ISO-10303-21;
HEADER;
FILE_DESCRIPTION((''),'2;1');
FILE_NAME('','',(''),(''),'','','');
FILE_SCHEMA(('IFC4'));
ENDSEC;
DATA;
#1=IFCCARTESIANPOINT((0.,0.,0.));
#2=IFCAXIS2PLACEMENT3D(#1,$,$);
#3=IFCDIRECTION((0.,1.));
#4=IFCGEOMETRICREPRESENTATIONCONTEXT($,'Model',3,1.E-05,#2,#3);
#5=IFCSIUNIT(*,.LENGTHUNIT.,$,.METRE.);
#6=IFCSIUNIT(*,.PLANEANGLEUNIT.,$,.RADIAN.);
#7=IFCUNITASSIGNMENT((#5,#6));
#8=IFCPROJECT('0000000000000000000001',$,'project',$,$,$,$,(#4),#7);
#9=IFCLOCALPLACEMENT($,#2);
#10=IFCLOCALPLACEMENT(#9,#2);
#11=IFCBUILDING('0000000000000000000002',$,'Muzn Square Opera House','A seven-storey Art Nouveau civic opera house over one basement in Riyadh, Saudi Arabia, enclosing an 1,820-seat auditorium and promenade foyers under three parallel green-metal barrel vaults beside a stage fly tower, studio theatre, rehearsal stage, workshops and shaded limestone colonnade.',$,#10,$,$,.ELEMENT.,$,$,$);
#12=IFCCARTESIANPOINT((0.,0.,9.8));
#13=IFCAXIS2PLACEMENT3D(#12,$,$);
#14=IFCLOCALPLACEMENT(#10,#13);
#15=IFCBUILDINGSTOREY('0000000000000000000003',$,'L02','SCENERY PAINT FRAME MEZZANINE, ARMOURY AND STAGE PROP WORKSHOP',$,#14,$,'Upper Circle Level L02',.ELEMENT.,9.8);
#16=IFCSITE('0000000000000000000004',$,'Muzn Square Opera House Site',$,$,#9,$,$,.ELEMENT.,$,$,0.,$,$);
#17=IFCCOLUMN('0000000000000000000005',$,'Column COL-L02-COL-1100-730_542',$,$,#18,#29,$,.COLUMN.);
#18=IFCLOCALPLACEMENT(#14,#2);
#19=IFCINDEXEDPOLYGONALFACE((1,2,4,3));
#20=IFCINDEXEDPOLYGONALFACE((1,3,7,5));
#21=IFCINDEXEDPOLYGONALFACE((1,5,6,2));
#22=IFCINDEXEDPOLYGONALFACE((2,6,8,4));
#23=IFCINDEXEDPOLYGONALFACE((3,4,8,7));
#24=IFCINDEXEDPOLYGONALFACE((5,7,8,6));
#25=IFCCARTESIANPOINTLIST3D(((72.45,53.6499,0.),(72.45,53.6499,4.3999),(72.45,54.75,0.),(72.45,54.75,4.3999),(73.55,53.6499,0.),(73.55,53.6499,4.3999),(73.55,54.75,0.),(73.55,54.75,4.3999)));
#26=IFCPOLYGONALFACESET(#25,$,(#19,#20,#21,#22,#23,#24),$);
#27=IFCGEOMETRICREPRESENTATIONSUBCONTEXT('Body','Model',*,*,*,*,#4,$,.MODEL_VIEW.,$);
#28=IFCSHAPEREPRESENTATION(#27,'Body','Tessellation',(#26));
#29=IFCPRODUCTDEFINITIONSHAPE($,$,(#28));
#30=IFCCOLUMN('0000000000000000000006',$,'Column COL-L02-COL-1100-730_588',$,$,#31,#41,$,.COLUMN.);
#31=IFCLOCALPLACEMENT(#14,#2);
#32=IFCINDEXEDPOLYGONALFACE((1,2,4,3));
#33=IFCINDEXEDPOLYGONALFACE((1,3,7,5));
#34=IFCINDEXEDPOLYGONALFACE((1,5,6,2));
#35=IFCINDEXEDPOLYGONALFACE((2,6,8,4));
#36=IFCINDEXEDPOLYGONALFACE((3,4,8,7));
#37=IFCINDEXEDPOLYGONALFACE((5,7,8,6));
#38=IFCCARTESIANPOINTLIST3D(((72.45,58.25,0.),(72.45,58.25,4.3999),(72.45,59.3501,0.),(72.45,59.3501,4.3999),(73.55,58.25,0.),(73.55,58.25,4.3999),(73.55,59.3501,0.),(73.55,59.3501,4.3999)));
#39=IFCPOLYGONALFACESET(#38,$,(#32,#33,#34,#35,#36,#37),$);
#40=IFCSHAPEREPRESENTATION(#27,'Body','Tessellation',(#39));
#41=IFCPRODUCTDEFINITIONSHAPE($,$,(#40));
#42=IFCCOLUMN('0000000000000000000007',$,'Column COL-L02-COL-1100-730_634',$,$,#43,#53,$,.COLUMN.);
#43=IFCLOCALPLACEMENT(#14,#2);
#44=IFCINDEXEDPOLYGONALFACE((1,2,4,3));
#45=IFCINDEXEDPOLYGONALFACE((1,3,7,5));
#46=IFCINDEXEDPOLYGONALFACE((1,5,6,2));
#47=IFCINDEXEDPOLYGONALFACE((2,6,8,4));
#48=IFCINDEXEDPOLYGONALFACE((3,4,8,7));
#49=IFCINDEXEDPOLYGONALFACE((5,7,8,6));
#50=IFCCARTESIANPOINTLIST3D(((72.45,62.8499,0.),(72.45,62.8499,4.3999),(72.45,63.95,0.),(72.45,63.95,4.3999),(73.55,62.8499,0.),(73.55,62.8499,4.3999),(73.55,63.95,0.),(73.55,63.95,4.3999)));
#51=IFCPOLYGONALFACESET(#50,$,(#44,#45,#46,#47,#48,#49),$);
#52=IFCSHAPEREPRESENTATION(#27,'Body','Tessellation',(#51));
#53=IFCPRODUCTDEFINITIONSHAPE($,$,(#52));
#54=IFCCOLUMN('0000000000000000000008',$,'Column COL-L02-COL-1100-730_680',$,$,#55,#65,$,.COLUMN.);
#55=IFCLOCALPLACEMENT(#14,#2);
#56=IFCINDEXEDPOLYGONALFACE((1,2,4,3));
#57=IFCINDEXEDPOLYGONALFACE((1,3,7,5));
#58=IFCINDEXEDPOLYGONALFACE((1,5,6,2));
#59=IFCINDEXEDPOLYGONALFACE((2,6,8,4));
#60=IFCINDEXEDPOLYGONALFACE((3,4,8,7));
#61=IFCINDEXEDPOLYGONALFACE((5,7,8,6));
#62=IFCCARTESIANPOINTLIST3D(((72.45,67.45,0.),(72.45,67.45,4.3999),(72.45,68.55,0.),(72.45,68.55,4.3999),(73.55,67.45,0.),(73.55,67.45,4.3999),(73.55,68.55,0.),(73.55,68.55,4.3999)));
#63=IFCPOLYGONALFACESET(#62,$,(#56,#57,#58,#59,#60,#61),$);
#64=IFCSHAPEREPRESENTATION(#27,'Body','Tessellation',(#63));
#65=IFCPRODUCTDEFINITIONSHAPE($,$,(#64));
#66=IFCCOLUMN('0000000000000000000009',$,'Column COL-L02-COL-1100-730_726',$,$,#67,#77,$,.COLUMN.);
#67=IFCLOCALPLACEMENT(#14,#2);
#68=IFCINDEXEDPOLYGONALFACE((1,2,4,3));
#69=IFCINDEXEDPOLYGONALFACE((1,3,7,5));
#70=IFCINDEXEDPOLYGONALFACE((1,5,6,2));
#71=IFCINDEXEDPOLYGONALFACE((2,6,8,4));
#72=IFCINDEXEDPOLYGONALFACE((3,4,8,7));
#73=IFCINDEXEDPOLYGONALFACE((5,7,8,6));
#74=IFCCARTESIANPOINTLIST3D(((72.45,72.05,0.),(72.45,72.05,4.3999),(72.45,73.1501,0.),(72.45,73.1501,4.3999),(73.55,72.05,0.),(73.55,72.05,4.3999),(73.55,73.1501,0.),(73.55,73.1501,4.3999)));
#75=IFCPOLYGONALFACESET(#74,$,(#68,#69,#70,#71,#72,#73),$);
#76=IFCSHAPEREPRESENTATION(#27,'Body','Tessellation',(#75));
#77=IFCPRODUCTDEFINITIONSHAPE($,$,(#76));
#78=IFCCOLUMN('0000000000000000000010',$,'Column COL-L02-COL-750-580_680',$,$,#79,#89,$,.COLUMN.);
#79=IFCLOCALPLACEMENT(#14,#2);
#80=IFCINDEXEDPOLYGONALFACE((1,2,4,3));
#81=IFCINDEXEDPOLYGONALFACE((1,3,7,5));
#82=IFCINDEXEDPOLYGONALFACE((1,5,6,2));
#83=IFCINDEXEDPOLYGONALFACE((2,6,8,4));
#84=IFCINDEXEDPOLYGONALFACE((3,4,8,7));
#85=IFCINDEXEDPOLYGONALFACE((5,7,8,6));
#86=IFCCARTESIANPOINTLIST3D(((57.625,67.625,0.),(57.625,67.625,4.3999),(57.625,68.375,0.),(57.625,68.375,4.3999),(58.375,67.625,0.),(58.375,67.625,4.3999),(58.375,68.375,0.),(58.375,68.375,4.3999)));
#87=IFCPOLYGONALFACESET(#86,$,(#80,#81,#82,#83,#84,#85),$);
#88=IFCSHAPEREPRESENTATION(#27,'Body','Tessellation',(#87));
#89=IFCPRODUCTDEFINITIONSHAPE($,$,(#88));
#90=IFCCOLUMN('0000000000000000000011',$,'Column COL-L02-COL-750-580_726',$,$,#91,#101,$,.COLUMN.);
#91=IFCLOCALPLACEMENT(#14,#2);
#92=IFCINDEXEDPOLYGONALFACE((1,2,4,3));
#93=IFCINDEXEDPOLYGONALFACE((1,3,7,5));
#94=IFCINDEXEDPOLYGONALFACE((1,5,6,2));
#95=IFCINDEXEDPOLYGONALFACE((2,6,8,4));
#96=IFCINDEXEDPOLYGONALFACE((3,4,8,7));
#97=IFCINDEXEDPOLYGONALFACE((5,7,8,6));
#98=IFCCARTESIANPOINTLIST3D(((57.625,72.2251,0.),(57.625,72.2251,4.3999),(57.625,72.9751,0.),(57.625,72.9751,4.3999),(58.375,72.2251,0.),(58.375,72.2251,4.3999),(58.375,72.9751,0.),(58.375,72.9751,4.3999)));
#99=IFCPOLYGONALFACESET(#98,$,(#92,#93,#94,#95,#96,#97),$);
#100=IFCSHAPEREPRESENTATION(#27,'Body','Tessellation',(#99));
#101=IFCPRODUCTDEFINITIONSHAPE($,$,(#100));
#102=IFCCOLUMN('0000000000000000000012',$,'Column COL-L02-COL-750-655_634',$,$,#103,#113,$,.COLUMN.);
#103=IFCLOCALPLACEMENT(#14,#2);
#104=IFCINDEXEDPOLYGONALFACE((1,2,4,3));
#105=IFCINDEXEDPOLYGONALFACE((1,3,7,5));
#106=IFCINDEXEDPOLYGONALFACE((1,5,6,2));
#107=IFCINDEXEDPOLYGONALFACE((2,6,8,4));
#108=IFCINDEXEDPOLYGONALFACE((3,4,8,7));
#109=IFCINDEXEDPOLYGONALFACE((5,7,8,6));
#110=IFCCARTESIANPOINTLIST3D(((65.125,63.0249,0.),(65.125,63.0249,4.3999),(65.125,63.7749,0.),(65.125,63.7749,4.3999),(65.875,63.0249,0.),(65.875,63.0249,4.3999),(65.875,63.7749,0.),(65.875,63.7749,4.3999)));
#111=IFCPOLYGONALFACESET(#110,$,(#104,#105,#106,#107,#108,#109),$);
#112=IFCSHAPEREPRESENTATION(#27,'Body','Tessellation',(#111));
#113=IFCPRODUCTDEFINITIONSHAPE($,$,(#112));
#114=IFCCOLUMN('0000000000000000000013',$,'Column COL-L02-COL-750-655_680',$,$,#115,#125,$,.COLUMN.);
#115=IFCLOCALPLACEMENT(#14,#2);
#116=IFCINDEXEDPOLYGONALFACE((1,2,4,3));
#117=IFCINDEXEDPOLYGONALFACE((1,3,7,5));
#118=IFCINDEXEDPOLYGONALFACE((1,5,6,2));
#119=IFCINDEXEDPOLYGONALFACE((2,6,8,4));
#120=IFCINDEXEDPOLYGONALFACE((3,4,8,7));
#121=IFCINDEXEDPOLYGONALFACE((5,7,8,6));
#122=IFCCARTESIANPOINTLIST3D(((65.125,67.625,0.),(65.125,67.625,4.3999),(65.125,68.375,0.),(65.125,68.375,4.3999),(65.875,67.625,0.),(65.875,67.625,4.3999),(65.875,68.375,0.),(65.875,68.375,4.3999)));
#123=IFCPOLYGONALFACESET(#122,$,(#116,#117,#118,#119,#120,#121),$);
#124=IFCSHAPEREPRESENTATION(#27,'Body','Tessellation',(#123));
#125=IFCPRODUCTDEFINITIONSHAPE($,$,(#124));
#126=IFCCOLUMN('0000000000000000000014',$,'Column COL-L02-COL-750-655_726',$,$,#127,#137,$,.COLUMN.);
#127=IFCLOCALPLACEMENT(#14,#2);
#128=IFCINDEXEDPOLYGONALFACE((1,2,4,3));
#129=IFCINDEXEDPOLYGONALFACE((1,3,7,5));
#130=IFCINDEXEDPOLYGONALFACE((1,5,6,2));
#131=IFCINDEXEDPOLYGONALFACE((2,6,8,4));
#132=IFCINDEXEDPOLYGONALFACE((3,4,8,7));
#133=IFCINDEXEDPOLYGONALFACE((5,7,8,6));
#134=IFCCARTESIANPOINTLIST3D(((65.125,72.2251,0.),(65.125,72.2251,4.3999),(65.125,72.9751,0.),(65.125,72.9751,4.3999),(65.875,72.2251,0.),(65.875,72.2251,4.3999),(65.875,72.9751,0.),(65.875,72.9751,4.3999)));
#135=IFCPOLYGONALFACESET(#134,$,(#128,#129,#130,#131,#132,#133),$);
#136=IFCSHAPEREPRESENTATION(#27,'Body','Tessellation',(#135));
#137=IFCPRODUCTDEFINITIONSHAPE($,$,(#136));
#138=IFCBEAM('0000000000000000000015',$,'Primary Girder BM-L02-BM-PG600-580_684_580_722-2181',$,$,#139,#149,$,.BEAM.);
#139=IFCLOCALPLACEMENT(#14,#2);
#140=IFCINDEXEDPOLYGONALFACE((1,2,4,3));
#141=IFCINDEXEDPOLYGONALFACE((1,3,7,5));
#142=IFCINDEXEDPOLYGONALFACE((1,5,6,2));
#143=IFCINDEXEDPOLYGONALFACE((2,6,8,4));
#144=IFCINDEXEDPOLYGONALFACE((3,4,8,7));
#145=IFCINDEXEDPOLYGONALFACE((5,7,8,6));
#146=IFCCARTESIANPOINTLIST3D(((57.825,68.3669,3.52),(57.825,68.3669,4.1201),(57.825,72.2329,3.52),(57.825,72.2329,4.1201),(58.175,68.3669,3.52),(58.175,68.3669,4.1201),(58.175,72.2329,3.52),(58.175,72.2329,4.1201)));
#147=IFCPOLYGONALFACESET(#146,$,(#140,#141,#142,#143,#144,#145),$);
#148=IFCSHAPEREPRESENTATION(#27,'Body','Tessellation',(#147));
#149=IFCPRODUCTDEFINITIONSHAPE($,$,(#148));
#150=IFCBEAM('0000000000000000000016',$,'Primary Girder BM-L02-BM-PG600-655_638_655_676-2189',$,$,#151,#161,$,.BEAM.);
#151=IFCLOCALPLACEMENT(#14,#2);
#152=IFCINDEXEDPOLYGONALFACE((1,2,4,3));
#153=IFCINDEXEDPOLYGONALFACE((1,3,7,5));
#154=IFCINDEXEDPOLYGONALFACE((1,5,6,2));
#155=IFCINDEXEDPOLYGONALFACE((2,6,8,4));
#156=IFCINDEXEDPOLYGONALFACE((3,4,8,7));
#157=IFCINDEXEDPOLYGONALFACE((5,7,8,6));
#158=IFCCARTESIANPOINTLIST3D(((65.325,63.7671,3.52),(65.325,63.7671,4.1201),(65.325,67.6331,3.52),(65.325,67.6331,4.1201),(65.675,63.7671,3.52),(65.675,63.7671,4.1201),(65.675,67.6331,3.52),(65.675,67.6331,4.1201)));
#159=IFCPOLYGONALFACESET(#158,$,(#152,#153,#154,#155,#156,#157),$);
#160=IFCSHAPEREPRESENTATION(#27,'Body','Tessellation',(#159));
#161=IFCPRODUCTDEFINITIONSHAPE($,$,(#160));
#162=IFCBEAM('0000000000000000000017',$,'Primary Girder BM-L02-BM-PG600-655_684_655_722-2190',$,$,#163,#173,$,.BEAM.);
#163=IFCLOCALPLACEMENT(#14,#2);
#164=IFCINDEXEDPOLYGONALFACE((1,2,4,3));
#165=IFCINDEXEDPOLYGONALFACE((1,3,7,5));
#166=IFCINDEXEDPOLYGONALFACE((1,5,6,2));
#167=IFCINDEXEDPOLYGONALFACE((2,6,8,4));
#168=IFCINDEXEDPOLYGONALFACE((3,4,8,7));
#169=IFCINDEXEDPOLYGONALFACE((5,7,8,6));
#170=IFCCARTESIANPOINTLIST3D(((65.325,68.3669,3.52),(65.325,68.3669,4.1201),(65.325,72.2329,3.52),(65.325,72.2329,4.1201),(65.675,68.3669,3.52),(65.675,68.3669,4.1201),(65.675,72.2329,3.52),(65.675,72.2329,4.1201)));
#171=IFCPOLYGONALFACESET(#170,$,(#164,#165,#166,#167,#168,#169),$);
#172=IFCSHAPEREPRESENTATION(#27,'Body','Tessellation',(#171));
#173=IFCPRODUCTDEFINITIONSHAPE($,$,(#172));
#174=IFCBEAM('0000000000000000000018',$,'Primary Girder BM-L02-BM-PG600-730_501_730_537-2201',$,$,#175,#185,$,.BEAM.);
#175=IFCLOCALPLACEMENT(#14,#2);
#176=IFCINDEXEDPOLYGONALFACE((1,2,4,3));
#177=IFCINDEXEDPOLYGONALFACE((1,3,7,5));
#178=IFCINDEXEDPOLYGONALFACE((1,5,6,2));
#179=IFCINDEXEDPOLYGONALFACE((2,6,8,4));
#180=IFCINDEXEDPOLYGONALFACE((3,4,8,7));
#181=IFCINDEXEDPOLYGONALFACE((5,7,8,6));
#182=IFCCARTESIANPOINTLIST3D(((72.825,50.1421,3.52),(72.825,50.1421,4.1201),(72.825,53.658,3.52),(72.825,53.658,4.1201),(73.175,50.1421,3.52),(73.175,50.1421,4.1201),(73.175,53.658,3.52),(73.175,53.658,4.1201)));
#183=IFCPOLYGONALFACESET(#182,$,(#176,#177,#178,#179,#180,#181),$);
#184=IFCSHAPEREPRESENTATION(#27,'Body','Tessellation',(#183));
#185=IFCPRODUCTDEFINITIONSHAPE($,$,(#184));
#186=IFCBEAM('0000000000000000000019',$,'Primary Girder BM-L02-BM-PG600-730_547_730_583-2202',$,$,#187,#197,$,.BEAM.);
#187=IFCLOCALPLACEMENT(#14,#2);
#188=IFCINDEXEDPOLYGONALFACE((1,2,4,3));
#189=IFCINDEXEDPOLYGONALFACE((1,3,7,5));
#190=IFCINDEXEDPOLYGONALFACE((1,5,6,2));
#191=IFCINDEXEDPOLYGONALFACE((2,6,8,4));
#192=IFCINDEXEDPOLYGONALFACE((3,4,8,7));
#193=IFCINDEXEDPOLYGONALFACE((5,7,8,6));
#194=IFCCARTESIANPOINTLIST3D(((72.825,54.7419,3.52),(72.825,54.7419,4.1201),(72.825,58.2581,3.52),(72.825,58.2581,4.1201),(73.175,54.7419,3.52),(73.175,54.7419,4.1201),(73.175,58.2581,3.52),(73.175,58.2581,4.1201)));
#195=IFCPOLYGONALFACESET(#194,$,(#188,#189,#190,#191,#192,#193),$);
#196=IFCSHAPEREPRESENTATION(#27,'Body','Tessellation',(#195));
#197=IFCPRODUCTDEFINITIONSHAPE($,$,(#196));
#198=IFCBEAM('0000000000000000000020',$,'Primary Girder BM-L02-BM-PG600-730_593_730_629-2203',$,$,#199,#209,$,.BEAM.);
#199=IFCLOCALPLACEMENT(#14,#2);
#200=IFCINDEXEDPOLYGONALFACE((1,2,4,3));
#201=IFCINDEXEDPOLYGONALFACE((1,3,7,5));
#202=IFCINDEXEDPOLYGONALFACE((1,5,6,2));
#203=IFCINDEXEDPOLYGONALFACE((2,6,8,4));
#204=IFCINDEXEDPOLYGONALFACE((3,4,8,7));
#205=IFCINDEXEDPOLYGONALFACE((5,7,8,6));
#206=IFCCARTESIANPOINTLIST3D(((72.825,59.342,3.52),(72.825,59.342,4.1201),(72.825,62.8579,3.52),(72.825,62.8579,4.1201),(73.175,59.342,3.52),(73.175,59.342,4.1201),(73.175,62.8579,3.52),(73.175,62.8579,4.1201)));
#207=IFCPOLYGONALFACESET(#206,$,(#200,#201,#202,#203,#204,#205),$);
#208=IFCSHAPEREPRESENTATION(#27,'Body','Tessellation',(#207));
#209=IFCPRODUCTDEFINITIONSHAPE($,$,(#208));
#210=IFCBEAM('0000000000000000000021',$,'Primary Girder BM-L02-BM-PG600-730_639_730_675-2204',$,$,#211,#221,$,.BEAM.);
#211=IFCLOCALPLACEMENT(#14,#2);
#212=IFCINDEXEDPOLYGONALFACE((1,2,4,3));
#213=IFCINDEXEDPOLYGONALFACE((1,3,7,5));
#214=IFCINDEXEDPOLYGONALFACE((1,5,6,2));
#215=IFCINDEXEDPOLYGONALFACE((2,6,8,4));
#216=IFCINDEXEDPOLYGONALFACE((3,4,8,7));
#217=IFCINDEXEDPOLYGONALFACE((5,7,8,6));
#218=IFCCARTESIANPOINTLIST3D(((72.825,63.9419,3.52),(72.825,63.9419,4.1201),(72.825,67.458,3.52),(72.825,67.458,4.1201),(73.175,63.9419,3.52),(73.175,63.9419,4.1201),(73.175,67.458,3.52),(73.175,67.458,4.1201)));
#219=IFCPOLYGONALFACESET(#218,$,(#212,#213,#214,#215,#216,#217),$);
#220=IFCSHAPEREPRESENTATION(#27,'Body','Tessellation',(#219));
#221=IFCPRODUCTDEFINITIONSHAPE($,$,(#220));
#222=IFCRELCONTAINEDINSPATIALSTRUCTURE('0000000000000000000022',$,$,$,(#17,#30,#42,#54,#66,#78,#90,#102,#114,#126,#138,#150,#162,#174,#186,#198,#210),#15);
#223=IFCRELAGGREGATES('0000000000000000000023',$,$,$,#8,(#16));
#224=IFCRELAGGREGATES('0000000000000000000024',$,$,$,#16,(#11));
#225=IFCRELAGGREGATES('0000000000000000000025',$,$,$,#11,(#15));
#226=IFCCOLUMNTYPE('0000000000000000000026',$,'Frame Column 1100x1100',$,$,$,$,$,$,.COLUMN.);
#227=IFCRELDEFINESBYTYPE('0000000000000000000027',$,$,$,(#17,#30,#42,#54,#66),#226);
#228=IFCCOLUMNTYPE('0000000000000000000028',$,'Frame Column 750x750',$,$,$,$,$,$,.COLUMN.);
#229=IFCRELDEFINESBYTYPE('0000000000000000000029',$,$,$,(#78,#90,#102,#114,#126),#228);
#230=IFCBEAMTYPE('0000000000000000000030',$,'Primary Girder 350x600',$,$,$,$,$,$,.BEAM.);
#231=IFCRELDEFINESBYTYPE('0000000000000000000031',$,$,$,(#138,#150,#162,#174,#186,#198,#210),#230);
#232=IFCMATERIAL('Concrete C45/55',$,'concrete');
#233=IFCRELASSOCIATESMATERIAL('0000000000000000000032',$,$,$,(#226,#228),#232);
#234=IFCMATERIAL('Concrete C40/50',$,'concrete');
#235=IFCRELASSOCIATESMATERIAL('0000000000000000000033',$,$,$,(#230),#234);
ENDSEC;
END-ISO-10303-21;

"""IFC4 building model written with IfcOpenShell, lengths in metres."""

from ifc_helpers import new_model, si_unit, direction, frame, origin, origin_2d, place, context, subcontext, project, spatial, rectangle, extrude, material, material_profile, profile_set, type_object, element, save


model = new_model("IFC4")

# Units and contexts
model_context = context("Model", 3, precision=1e-05, world=origin(), true_north=direction((0.0, 1.0)))
body_context = subcontext(model_context, "Body", "Model", "MODEL_VIEW")
ifc_project = project(units=[si_unit("LENGTHUNIT", "METRE"), si_unit("PLANEANGLEUNIT", "RADIAN")], contexts=[model_context])

# Site, building, storey
site_placement = place(None, origin())
site = spatial("IfcSite", under=ifc_project, at=site_placement, Name="Muzn Square Opera House Site", CompositionType="ELEMENT", RefElevation=0.0)
building_placement = place(site_placement, origin())
building = spatial("IfcBuilding", under=site, at=building_placement, Name="Muzn Square Opera House", Description="A seven-storey Art Nouveau civic opera house over one basement in Riyadh, Saudi Arabia, enclosing an 1,820-seat auditorium and promenade foyers under three parallel green-metal barrel vaults beside a stage fly tower, studio theatre, rehearsal stage, workshops and shaded limestone colonnade.", CompositionType="ELEMENT")
storey_placement = place(building_placement, frame((0.0, 0.0, 9.8)))
storey = spatial("IfcBuildingStorey", under=building, at=storey_placement, Name="L02", Description="SCENERY PAINT FRAME MEZZANINE, ARMOURY AND STAGE PROP WORKSHOP", LongName="Upper Circle Level L02", CompositionType="ELEMENT", Elevation=9.8)

# Columns
ifc_material_1 = material(Name="Concrete C45/55", Category="concrete")
ifc_material_profile_1 = material_profile(ifc_material_1, rectangle(XDim=1.1001, YDim=1.1001, at=origin_2d()), Name="RC 1100x1100", Category="concrete")
ifc_profile_set_1 = profile_set([ifc_material_profile_1], Name="Concrete C45/55")
column_type_1 = type_object("IfcColumnType", Name="Frame Column 1100x1100", PredefinedType="COLUMN", material=ifc_profile_set_1)
for number, where, z_axis, x_axis, name in (
    (1, (73.0, 54.2, 0.0), (0.0, 0.0, 1.0), (1.0, 0.0, 0.0), "Column COL-L02-COL-1100-730_542"),
    (2, (73.0, 58.8, 0.0), (0.0, 0.0, 1.0), (1.0, 0.0, 0.0), "Column COL-L02-COL-1100-730_588"),
    (3, (73.0, 63.3999, 0.0), (0.0, 0.0, 1.0), (1.0, 0.0, 0.0), "Column COL-L02-COL-1100-730_634"),
    (4, (73.0, 68.0, 0.0), (0.0, 0.0, 1.0), (1.0, 0.0, 0.0), "Column COL-L02-COL-1100-730_680"),
    (5, (73.0, 72.6001, 0.0), (0.0, 0.0, 1.0), (1.0, 0.0, 0.0), "Column COL-L02-COL-1100-730_726"),
):
    element("IfcColumn", number, at=place(storey_placement, frame(where, z_axis=z_axis, x_axis=x_axis)), inside=storey, type_object=column_type_1, Name=name, PredefinedType="COLUMN", context=body_context, shape_type="SweptSolid", body=[
        extrude(rectangle(XDim=1.1001, YDim=1.1001, at=origin_2d()), origin(), (0.0, 0.0, 1.0), 4.3999),
    ])
ifc_material_profile_2 = material_profile(ifc_material_1, rectangle(XDim=0.75, YDim=0.75, at=origin_2d()), Name="RC 750x750", Category="concrete")
ifc_profile_set_2 = profile_set([ifc_material_profile_2], Name="Concrete C45/55")
column_type_2 = type_object("IfcColumnType", Name="Frame Column 750x750", PredefinedType="COLUMN", material=ifc_profile_set_2)
for number, where, z_axis, x_axis, name in (
    (6, (58.0, 68.0, 0.0), (0.0, 0.0, 1.0), (1.0, 0.0, 0.0), "Column COL-L02-COL-750-580_680"),
    (7, (58.0, 72.6001, 0.0), (0.0, 0.0, 1.0), (1.0, 0.0, 0.0), "Column COL-L02-COL-750-580_726"),
    (8, (65.5, 63.3999, 0.0), (0.0, 0.0, 1.0), (1.0, 0.0, 0.0), "Column COL-L02-COL-750-655_634"),
    (9, (65.5, 68.0, 0.0), (0.0, 0.0, 1.0), (1.0, 0.0, 0.0), "Column COL-L02-COL-750-655_680"),
    (10, (65.5, 72.6001, 0.0), (0.0, 0.0, 1.0), (1.0, 0.0, 0.0), "Column COL-L02-COL-750-655_726"),
):
    element("IfcColumn", number, at=place(storey_placement, frame(where, z_axis=z_axis, x_axis=x_axis)), inside=storey, type_object=column_type_2, Name=name, PredefinedType="COLUMN", context=body_context, shape_type="SweptSolid", body=[
        extrude(rectangle(XDim=0.75, YDim=0.75, at=origin_2d()), origin(), (0.0, 0.0, 1.0), 4.3999),
    ])

# Beams
ifc_material_2 = material(Name="Concrete C40/50", Category="concrete")
ifc_material_profile_3 = material_profile(ifc_material_2, rectangle(XDim=0.3501, YDim=0.6001, at=origin_2d()), Name="RCB 350x600", Category="concrete")
ifc_profile_set_3 = profile_set([ifc_material_profile_3], Name="Concrete C40/50")
beam_type_1 = type_object("IfcBeamType", Name="Primary Girder 350x600", PredefinedType="BEAM", material=ifc_profile_set_3)
for number, where, z_axis, x_axis, name in (
    (11, (58.0, 68.3669, 3.8201), (0.0, 1.0, 0.0), (-1.0, 0.0, 0.0), "Primary Girder BM-L02-BM-PG600-580_684_580_722-2181"),
    (12, (65.5, 63.7671, 3.8201), (0.0, 1.0, 0.0), (-1.0, 0.0, 0.0), "Primary Girder BM-L02-BM-PG600-655_638_655_676-2189"),
    (13, (65.5, 68.3669, 3.8201), (0.0, 1.0, 0.0), (-1.0, 0.0, 0.0), "Primary Girder BM-L02-BM-PG600-655_684_655_722-2190"),
):
    element("IfcBeam", number, at=place(storey_placement, frame(where, z_axis=z_axis, x_axis=x_axis)), inside=storey, type_object=beam_type_1, Name=name, PredefinedType="BEAM", context=body_context, shape_type="SweptSolid", body=[
        extrude(rectangle(XDim=0.3501, YDim=0.6001, at=origin_2d()), origin(), (0.0, 0.0, 1.0), 3.866),
    ])
beam_1_placement = place(storey_placement, frame((73.0, 50.1421, 3.8201), z_axis=(0.0, 1.0, 0.0), x_axis=(-1.0, 0.0, 0.0)))
element("IfcBeam", 14, at=beam_1_placement, inside=storey, type_object=beam_type_1, Name="Primary Girder BM-L02-BM-PG600-730_501_730_537-2201", PredefinedType="BEAM", context=body_context, shape_type="SweptSolid", body=[
    extrude(rectangle(XDim=0.3501, YDim=0.6001, at=origin_2d()), origin(), (0.0, 0.0, 1.0), 3.5159),
])
beam_2_placement = place(storey_placement, frame((73.0, 54.7419, 3.8201), z_axis=(0.0, 1.0, 0.0), x_axis=(-1.0, 0.0, 0.0)))
element("IfcBeam", 15, at=beam_2_placement, inside=storey, type_object=beam_type_1, Name="Primary Girder BM-L02-BM-PG600-730_547_730_583-2202", PredefinedType="BEAM", context=body_context, shape_type="SweptSolid", body=[
    extrude(rectangle(XDim=0.3501, YDim=0.6001, at=origin_2d()), origin(), (0.0, 0.0, 1.0), 3.5161),
])
beam_3_placement = place(storey_placement, frame((73.0, 59.342, 3.8201), z_axis=(0.0, 1.0, 0.0), x_axis=(-1.0, 0.0, 0.0)))
element("IfcBeam", 16, at=beam_3_placement, inside=storey, type_object=beam_type_1, Name="Primary Girder BM-L02-BM-PG600-730_593_730_629-2203", PredefinedType="BEAM", context=body_context, shape_type="SweptSolid", body=[
    extrude(rectangle(XDim=0.3501, YDim=0.6001, at=origin_2d()), origin(), (0.0, 0.0, 1.0), 3.5159),
])
for number, where, z_axis, x_axis, name in (
    (17, (73.0, 63.9419, 3.8201), (0.0, 1.0, 0.0), (-1.0, 0.0, 0.0), "Primary Girder BM-L02-BM-PG600-730_639_730_675-2204"),
):
    element("IfcBeam", number, at=place(storey_placement, frame(where, z_axis=z_axis, x_axis=x_axis)), inside=storey, type_object=beam_type_1, Name=name, PredefinedType="BEAM", context=body_context, shape_type="SweptSolid", body=[
        extrude(rectangle(XDim=0.3501, YDim=0.6001, at=origin_2d()), origin(), (0.0, 0.0, 1.0), 3.5161),
    ])

save(model, "model.ifc")
